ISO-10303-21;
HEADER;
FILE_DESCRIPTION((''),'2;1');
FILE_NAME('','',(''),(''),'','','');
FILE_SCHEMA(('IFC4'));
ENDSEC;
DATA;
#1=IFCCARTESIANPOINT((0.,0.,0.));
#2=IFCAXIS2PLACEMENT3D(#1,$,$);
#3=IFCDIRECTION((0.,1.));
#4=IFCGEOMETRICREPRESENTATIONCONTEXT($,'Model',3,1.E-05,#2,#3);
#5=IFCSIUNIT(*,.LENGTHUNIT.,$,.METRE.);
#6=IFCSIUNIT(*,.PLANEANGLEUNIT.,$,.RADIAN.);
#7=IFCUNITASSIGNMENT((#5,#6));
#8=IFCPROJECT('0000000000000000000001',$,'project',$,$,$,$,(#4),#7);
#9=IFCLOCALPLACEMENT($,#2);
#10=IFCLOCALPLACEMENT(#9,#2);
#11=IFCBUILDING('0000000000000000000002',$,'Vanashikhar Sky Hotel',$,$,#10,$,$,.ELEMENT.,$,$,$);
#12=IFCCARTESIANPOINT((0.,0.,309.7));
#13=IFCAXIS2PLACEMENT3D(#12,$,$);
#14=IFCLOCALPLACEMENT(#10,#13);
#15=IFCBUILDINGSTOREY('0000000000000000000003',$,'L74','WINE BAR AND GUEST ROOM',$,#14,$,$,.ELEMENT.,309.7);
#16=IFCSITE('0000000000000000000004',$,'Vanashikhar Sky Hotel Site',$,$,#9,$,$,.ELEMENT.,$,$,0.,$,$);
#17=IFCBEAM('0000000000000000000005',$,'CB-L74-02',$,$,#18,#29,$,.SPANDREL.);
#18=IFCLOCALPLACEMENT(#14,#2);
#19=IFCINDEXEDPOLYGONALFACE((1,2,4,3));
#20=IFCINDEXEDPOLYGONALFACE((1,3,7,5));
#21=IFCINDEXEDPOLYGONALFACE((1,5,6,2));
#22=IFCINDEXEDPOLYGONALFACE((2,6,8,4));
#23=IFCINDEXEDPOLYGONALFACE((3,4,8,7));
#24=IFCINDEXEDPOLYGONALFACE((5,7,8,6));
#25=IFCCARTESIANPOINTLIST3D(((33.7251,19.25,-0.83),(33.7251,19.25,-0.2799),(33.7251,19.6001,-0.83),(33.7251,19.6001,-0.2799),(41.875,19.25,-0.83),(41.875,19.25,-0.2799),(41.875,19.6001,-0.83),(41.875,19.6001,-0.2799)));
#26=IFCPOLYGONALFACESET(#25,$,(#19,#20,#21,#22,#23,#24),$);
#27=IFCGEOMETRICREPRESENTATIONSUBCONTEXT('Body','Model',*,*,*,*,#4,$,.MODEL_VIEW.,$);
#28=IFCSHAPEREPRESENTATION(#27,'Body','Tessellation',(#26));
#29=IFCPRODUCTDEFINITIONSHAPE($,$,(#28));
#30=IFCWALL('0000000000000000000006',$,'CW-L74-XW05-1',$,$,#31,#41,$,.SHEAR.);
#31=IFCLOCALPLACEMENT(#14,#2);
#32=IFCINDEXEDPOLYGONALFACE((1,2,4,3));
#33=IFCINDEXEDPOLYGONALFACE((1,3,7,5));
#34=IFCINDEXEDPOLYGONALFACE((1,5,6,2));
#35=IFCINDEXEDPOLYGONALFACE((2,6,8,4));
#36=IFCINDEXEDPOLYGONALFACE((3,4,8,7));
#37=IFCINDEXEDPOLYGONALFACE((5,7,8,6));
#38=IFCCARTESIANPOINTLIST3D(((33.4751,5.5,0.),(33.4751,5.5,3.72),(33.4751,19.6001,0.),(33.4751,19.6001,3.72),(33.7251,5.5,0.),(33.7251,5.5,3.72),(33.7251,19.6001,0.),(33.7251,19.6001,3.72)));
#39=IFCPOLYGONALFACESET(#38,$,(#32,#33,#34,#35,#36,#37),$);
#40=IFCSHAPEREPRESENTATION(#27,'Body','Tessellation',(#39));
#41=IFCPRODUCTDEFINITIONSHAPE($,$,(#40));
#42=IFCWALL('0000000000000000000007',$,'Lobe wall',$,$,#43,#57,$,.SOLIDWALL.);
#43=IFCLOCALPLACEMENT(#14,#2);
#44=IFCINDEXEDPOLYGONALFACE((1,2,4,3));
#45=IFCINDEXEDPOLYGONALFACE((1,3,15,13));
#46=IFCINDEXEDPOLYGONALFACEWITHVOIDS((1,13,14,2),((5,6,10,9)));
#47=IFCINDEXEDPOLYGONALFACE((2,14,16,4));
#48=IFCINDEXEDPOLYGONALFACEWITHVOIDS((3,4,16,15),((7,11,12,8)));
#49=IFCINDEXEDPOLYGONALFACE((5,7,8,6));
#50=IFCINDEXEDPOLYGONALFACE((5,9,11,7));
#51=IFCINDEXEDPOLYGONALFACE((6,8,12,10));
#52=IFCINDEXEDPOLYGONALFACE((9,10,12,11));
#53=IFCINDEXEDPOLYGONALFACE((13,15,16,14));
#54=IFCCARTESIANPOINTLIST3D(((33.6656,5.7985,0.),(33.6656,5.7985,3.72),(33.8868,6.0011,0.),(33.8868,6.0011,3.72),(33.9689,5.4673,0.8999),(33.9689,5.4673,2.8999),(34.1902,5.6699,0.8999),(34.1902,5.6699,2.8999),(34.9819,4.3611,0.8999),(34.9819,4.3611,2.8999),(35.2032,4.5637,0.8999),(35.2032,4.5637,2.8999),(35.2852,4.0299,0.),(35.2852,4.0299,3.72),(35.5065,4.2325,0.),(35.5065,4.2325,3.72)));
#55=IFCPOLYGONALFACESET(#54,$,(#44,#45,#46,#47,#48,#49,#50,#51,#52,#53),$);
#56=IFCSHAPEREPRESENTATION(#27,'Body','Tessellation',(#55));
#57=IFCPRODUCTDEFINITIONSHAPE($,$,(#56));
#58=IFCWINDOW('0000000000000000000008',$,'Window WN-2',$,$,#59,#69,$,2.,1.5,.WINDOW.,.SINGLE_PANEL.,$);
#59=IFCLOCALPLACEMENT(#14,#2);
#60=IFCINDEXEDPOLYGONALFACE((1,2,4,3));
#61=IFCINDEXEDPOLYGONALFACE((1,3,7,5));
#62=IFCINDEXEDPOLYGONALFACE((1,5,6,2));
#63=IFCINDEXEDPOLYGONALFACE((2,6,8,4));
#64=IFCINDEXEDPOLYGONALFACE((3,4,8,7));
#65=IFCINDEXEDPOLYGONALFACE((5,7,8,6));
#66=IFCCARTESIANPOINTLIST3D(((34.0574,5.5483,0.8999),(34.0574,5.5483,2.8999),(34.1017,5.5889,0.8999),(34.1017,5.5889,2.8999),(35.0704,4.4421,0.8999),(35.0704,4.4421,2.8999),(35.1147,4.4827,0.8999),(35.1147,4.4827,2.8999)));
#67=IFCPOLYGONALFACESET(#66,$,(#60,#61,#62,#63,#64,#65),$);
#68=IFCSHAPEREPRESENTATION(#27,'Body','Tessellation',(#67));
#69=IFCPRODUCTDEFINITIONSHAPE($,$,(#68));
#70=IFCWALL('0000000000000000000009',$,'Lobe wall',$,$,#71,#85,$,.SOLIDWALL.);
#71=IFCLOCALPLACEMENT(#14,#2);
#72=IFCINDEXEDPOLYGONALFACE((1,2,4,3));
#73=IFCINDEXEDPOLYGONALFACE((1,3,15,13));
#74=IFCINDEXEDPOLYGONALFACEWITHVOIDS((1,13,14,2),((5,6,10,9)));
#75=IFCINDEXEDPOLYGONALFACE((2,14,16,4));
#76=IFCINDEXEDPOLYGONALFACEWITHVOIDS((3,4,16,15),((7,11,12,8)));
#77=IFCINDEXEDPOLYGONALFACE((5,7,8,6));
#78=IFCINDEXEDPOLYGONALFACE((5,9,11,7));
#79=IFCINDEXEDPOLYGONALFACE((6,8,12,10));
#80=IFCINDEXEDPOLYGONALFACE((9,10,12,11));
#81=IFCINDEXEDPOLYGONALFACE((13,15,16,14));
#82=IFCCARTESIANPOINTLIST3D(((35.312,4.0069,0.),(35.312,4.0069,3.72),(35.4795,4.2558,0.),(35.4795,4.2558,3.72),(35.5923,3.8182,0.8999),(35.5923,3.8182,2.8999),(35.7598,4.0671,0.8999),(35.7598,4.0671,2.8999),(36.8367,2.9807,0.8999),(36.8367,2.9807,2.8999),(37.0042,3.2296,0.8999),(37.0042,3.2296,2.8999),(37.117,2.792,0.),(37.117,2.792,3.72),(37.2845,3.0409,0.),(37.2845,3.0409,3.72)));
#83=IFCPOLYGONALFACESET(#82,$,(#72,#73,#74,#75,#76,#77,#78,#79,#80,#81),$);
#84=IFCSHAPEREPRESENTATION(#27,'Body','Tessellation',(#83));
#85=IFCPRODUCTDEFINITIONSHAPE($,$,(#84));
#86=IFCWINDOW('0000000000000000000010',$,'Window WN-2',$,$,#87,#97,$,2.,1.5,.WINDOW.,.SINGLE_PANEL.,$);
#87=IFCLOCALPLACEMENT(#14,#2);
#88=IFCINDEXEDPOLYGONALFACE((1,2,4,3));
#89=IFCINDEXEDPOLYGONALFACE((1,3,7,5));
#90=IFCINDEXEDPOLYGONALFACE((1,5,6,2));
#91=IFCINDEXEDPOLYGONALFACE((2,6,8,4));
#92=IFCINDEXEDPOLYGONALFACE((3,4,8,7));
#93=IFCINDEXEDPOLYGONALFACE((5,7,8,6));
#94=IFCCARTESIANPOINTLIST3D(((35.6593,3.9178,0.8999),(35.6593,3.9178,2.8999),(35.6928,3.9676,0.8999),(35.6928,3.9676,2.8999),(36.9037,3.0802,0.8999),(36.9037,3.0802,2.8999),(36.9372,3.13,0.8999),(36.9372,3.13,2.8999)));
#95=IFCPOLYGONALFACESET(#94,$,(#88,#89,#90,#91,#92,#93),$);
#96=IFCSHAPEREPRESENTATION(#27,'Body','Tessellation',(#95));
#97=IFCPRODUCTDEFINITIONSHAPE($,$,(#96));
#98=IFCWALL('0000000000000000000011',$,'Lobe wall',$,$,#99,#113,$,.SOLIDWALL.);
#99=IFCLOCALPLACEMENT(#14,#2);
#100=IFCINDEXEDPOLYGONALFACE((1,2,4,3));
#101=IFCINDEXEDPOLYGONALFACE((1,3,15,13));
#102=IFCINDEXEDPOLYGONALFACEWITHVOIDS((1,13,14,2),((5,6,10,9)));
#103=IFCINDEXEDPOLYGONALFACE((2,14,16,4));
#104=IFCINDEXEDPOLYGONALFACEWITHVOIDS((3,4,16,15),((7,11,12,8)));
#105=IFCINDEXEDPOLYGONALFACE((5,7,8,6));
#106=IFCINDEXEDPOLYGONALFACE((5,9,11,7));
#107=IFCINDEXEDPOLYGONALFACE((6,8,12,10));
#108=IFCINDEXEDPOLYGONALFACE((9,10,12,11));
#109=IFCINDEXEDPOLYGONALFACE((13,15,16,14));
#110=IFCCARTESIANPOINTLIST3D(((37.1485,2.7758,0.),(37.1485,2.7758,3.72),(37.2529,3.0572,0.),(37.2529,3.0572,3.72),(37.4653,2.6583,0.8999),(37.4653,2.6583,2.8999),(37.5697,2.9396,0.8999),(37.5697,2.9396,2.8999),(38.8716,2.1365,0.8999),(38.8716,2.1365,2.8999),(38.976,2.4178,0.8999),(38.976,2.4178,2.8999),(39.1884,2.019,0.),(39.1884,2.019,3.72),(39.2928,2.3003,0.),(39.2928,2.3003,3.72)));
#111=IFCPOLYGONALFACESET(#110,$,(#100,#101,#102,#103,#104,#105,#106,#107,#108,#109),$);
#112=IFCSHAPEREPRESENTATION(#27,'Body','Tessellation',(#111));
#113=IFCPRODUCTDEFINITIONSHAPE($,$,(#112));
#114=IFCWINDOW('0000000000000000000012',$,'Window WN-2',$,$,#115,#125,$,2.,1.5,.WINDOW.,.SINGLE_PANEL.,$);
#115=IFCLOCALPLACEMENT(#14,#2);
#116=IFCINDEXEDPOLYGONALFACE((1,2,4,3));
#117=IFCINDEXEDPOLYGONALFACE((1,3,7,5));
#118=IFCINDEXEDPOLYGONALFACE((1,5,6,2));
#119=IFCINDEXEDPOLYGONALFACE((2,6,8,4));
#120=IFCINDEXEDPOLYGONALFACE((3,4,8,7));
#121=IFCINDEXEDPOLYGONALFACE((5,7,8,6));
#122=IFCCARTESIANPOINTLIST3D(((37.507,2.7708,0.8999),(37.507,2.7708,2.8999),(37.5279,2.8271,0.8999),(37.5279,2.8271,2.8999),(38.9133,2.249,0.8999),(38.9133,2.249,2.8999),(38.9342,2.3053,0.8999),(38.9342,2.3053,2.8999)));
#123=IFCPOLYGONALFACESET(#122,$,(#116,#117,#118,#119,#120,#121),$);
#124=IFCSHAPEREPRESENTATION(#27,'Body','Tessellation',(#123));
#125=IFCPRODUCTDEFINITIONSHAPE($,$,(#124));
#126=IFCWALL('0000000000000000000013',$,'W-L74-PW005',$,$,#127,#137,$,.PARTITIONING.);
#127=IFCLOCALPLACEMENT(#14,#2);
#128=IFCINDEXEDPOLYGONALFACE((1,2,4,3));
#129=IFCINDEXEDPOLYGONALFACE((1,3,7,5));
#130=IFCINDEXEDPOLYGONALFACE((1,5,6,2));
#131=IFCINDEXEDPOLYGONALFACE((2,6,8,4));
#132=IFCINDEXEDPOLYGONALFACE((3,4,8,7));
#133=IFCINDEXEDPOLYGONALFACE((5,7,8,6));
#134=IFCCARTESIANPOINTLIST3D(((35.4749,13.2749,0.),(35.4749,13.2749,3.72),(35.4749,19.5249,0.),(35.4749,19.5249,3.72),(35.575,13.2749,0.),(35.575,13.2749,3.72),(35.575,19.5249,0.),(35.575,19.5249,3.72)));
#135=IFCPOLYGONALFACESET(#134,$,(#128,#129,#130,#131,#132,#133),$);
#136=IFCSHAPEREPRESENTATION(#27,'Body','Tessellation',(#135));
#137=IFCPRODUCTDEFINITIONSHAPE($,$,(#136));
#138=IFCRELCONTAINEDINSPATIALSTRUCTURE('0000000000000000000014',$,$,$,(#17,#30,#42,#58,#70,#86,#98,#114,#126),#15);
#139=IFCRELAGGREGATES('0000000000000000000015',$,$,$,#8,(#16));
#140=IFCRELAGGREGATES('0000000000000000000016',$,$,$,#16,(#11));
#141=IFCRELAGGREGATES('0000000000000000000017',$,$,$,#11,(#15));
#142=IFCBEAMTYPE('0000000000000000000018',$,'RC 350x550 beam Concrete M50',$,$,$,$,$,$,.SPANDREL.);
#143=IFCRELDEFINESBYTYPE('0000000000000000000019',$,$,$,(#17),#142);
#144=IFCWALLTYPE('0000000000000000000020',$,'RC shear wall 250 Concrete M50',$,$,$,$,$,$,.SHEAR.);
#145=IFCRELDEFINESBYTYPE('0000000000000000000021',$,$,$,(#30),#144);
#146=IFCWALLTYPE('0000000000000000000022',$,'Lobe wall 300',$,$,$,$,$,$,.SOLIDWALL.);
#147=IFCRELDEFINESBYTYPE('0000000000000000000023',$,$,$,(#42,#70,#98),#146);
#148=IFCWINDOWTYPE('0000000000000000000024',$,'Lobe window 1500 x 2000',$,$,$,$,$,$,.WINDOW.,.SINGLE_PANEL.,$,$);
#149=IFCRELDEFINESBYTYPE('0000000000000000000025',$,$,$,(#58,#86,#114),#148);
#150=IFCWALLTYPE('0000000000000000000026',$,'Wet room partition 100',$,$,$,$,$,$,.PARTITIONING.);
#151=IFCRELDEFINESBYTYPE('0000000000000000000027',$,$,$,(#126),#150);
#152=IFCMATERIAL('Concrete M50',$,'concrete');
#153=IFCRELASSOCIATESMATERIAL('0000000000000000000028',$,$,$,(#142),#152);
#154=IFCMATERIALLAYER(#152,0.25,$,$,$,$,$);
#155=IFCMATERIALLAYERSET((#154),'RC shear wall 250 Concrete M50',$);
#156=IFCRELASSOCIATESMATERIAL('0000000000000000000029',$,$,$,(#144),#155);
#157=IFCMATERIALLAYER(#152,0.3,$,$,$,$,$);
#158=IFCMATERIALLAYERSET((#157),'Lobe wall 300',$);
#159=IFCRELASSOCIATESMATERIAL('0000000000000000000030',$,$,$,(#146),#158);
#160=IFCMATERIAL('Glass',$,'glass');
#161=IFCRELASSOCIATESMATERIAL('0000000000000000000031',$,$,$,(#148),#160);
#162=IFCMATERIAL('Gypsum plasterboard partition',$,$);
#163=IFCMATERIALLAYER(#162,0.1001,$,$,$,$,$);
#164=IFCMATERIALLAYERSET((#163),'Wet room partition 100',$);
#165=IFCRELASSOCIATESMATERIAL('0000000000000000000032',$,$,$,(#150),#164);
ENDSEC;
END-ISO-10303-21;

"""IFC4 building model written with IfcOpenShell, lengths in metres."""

from ifc_helpers import new_model, si_unit, direction, frame, frame_2d, origin, origin_2d, place, context, subcontext, project, spatial, rectangle, extrude, source, transform, mapped, material, layer, layer_set, material_profile, profile_set, type_object, element, fill, save


model = new_model("IFC4")

# Units and contexts
model_context = context("Model", 3, precision=1e-05, world=origin(), true_north=direction((0.0, 1.0)))
body_context = subcontext(model_context, "Body", "Model", "MODEL_VIEW")
ifc_project = project(units=[si_unit("LENGTHUNIT", "METRE"), si_unit("PLANEANGLEUNIT", "RADIAN")], contexts=[model_context])

# Site, building, storey
site_placement = place(None, origin())
site = spatial("IfcSite", under=ifc_project, at=site_placement, Name="Vanashikhar Sky Hotel Site", CompositionType="ELEMENT", RefElevation=0.0)
building_placement = place(site_placement, origin())
building = spatial("IfcBuilding", under=site, at=building_placement, Name="Vanashikhar Sky Hotel", CompositionType="ELEMENT")
storey_placement = place(building_placement, frame((0.0, 0.0, 309.7)))
storey = spatial("IfcBuildingStorey", under=building, at=storey_placement, Name="L74", Description="WINE BAR AND GUEST ROOM", CompositionType="ELEMENT", Elevation=309.7)

# Beam
ifc_material_1 = material(Name="Concrete M50", Category="concrete")
ifc_material_profile_1 = material_profile(ifc_material_1, rectangle(XDim=0.3501, YDim=0.55, at=origin_2d()))
ifc_profile_set_1 = profile_set([ifc_material_profile_1], Name="RC 350x550 beam Concrete M50")
beam_type = type_object("IfcBeamType", Name="RC 350x550 beam Concrete M50", PredefinedType="SPANDREL", material=ifc_profile_set_1)
shared_shape_1 = source(origin(), body_context, "Body", "SweptSolid", [
    extrude(rectangle(XDim=0.3501, YDim=0.55, at=origin_2d()), origin(), (0.0, 0.0, 1.0), 8.1499),
])
beam_placement = place(storey_placement, frame((33.7251, 19.425, -0.5549), z_axis=(1.0, 0.0, 0.0), x_axis=(0.0, 1.0, 0.0)))
element("IfcBeam", 1, at=beam_placement, inside=storey, type_object=beam_type, Name="CB-L74-02", PredefinedType="SPANDREL", context=body_context, shape_type="MappedRepresentation", body=[
    mapped(shared_shape_1, transform((0.0, 0.0, 0.0), scale=1.0)),
])

# Wall
ifc_layer_1 = layer(ifc_material_1, 0.25)
ifc_layer_set_1 = layer_set([ifc_layer_1], Name="RC shear wall 250 Concrete M50")
wall_type_1 = type_object("IfcWallType", Name="RC shear wall 250 Concrete M50", PredefinedType="SHEAR", material=ifc_layer_set_1)
shared_shape_2 = source(origin(), body_context, "Body", "SweptSolid", [
    extrude(rectangle(XDim=14.1001, YDim=0.25, at=frame_2d((7.05, 0.0))), origin(), (0.0, 0.0, 1.0), 3.72),
])
wall_1_placement = place(storey_placement, frame((33.6001, 5.5, 0.0), z_axis=(0.0, 0.0, 1.0), x_axis=(0.0, 1.0, 0.0)))
element("IfcWall", 2, at=wall_1_placement, inside=storey, type_object=wall_type_1, Name="CW-L74-XW05-1", PredefinedType="SHEAR", context=body_context, shape_type="MappedRepresentation", body=[
    mapped(shared_shape_2, transform((0.0, 0.0, 0.0), scale=1.0)),
])

# Walls, openings, windows
ifc_layer_2 = layer(ifc_material_1, 0.3)
ifc_layer_set_2 = layer_set([ifc_layer_2], Name="Lobe wall 300")
wall_type_2 = type_object("IfcWallType", Name="Lobe wall 300", PredefinedType="SOLIDWALL", material=ifc_layer_set_2)
shared_shape_3 = source(origin(), body_context, "Body", "SweptSolid", [
    extrude(rectangle(XDim=2.3982, YDim=0.3, at=frame_2d((1.1992, 0.0))), origin(), (0.0, 0.0, 1.0), 3.72),
])
wall_2_placement = place(storey_placement, frame((33.7761, 5.8999, 0.0), z_axis=(0.0, 0.0, 1.0), x_axis=(0.675374, -0.737475, 0.0)))
wall_2 = element("IfcWall", 3, at=wall_2_placement, inside=storey, type_object=wall_type_2, Name="Lobe wall", PredefinedType="SOLIDWALL", context=body_context, shape_type="MappedRepresentation", body=[
    mapped(shared_shape_3, transform((0.0, 0.0, 0.0), scale=1.0)),
])
shared_shape_4 = source(origin(), body_context, "Body", "SweptSolid", [
    extrude(rectangle(XDim=1.5, YDim=2.0, at=frame_2d((0.75, 1.0))), frame((0.0, 0.1602, 0.0), z_axis=(0.0, -1.0, 0.0), x_axis=(1.0, 0.0, 0.0)), (0.0, 0.0, 1.0), 0.3201),
])
opening_1_placement = place(wall_2_placement, frame((0.4492, 0.0, 0.8999)))
opening_1 = element("IfcOpeningElement", 4, at=opening_1_placement, cuts=wall_2, PredefinedType="OPENING", context=body_context, shape_type="MappedRepresentation", body=[
    mapped(shared_shape_4, transform((0.0, 0.0, 0.0), scale=1.0)),
])
ifc_material_2 = material(Name="Glass", Category="glass")
window_type = type_object("IfcWindowType", Name="Lobe window 1500 x 2000", PartitioningType="SINGLE_PANEL", PredefinedType="WINDOW", material=ifc_material_2)
shared_shape_5 = source(origin(), body_context, "Body", "SweptSolid", [
    extrude(rectangle(XDim=1.5, YDim=2.0, at=frame_2d((0.75, 1.0))), frame((0.0, 0.03, 0.0), z_axis=(0.0, -1.0, 0.0), x_axis=(1.0, 0.0, 0.0)), (0.0, 0.0, 1.0), 0.0601),
])
window_1_placement = place(opening_1_placement, origin())
window_1 = element("IfcWindow", 5, at=window_1_placement, inside=storey, type_object=window_type, Name="Window WN-2", OverallHeight=2.0, OverallWidth=1.5, PartitioningType="SINGLE_PANEL", PredefinedType="WINDOW", context=body_context, shape_type="MappedRepresentation", body=[
    mapped(shared_shape_5, transform((0.0, 0.0, 0.0), scale=1.0)),
])
fill(opening_1, window_1)
shared_shape_6 = source(origin(), body_context, "Body", "SweptSolid", [
    extrude(rectangle(XDim=2.1758, YDim=0.3, at=frame_2d((1.0879, 0.0))), origin(), (0.0, 0.0, 1.0), 3.72),
])
wall_3_placement = place(storey_placement, frame((35.3958, 4.1313, 0.0), z_axis=(0.0, 0.0, 1.0), x_axis=(0.829591, -0.558372, 0.0)))
wall_3 = element("IfcWall", 6, at=wall_3_placement, inside=storey, type_object=wall_type_2, Name="Lobe wall", PredefinedType="SOLIDWALL", context=body_context, shape_type="MappedRepresentation", body=[
    mapped(shared_shape_6, transform((0.0, 0.0, 0.0), scale=1.0)),
])
opening_2_placement = place(wall_3_placement, frame((0.3379, 0.0, 0.8999)))
opening_2 = element("IfcOpeningElement", 7, at=opening_2_placement, cuts=wall_3, PredefinedType="OPENING", context=body_context, shape_type="MappedRepresentation", body=[
    mapped(shared_shape_4, transform((0.0, 0.0, 0.0), scale=1.0)),
])
window_2_placement = place(opening_2_placement, origin())
window_2 = element("IfcWindow", 8, at=window_2_placement, inside=storey, type_object=window_type, Name="Window WN-2", OverallHeight=2.0, OverallWidth=1.5, PartitioningType="SINGLE_PANEL", PredefinedType="WINDOW", context=body_context, shape_type="MappedRepresentation", body=[
    mapped(shared_shape_5, transform((0.0, 0.0, 0.0), scale=1.0)),
])
fill(opening_2, window_2)
wall_4_placement = place(storey_placement, frame((37.2007, 2.9165, 0.0), z_axis=(0.0, 0.0, 1.0), x_axis=(0.937546, -0.347863, 0.0)))
wall_4 = element("IfcWall", 9, at=wall_4_placement, inside=storey, type_object=wall_type_2, Name="Lobe wall", PredefinedType="SOLIDWALL", context=body_context, shape_type="MappedRepresentation", body=[
    mapped(shared_shape_6, transform((0.0, 0.0, 0.0), scale=1.0)),
])
opening_3_placement = place(wall_4_placement, frame((0.3379, 0.0, 0.8999)))
opening_3 = element("IfcOpeningElement", 10, at=opening_3_placement, cuts=wall_4, PredefinedType="OPENING", context=body_context, shape_type="MappedRepresentation", body=[
    mapped(shared_shape_4, transform((0.0, 0.0, 0.0), scale=1.0)),
])
window_3_placement = place(opening_3_placement, origin())
window_3 = element("IfcWindow", 11, at=window_3_placement, inside=storey, type_object=window_type, Name="Window WN-2", OverallHeight=2.0, OverallWidth=1.5, PartitioningType="SINGLE_PANEL", PredefinedType="WINDOW", context=body_context, shape_type="MappedRepresentation", body=[
    mapped(shared_shape_5, transform((0.0, 0.0, 0.0), scale=1.0)),
])
fill(opening_3, window_3)

# Wall
ifc_material_3 = material(Name="Gypsum plasterboard partition")
ifc_layer_3 = layer(ifc_material_3, 0.1001)
ifc_layer_set_3 = layer_set([ifc_layer_3], Name="Wet room partition 100")
wall_type_3 = type_object("IfcWallType", Name="Wet room partition 100", PredefinedType="PARTITIONING", material=ifc_layer_set_3)
shared_shape_7 = source(origin(), body_context, "Body", "SweptSolid", [
    extrude(rectangle(XDim=6.25, YDim=0.1001, at=frame_2d((3.125, 0.0))), origin(), (0.0, 0.0, 1.0), 3.72),
])
wall_5_placement = place(storey_placement, frame((35.5249, 13.2749, 0.0), z_axis=(0.0, 0.0, 1.0), x_axis=(0.0, 1.0, 0.0)))
element("IfcWall", 12, at=wall_5_placement, inside=storey, type_object=wall_type_3, Name="W-L74-PW005", PredefinedType="PARTITIONING", context=body_context, shape_type="MappedRepresentation", body=[
    mapped(shared_shape_7, transform((0.0, 0.0, 0.0), scale=1.0)),
])

save(model, "model.ifc")
